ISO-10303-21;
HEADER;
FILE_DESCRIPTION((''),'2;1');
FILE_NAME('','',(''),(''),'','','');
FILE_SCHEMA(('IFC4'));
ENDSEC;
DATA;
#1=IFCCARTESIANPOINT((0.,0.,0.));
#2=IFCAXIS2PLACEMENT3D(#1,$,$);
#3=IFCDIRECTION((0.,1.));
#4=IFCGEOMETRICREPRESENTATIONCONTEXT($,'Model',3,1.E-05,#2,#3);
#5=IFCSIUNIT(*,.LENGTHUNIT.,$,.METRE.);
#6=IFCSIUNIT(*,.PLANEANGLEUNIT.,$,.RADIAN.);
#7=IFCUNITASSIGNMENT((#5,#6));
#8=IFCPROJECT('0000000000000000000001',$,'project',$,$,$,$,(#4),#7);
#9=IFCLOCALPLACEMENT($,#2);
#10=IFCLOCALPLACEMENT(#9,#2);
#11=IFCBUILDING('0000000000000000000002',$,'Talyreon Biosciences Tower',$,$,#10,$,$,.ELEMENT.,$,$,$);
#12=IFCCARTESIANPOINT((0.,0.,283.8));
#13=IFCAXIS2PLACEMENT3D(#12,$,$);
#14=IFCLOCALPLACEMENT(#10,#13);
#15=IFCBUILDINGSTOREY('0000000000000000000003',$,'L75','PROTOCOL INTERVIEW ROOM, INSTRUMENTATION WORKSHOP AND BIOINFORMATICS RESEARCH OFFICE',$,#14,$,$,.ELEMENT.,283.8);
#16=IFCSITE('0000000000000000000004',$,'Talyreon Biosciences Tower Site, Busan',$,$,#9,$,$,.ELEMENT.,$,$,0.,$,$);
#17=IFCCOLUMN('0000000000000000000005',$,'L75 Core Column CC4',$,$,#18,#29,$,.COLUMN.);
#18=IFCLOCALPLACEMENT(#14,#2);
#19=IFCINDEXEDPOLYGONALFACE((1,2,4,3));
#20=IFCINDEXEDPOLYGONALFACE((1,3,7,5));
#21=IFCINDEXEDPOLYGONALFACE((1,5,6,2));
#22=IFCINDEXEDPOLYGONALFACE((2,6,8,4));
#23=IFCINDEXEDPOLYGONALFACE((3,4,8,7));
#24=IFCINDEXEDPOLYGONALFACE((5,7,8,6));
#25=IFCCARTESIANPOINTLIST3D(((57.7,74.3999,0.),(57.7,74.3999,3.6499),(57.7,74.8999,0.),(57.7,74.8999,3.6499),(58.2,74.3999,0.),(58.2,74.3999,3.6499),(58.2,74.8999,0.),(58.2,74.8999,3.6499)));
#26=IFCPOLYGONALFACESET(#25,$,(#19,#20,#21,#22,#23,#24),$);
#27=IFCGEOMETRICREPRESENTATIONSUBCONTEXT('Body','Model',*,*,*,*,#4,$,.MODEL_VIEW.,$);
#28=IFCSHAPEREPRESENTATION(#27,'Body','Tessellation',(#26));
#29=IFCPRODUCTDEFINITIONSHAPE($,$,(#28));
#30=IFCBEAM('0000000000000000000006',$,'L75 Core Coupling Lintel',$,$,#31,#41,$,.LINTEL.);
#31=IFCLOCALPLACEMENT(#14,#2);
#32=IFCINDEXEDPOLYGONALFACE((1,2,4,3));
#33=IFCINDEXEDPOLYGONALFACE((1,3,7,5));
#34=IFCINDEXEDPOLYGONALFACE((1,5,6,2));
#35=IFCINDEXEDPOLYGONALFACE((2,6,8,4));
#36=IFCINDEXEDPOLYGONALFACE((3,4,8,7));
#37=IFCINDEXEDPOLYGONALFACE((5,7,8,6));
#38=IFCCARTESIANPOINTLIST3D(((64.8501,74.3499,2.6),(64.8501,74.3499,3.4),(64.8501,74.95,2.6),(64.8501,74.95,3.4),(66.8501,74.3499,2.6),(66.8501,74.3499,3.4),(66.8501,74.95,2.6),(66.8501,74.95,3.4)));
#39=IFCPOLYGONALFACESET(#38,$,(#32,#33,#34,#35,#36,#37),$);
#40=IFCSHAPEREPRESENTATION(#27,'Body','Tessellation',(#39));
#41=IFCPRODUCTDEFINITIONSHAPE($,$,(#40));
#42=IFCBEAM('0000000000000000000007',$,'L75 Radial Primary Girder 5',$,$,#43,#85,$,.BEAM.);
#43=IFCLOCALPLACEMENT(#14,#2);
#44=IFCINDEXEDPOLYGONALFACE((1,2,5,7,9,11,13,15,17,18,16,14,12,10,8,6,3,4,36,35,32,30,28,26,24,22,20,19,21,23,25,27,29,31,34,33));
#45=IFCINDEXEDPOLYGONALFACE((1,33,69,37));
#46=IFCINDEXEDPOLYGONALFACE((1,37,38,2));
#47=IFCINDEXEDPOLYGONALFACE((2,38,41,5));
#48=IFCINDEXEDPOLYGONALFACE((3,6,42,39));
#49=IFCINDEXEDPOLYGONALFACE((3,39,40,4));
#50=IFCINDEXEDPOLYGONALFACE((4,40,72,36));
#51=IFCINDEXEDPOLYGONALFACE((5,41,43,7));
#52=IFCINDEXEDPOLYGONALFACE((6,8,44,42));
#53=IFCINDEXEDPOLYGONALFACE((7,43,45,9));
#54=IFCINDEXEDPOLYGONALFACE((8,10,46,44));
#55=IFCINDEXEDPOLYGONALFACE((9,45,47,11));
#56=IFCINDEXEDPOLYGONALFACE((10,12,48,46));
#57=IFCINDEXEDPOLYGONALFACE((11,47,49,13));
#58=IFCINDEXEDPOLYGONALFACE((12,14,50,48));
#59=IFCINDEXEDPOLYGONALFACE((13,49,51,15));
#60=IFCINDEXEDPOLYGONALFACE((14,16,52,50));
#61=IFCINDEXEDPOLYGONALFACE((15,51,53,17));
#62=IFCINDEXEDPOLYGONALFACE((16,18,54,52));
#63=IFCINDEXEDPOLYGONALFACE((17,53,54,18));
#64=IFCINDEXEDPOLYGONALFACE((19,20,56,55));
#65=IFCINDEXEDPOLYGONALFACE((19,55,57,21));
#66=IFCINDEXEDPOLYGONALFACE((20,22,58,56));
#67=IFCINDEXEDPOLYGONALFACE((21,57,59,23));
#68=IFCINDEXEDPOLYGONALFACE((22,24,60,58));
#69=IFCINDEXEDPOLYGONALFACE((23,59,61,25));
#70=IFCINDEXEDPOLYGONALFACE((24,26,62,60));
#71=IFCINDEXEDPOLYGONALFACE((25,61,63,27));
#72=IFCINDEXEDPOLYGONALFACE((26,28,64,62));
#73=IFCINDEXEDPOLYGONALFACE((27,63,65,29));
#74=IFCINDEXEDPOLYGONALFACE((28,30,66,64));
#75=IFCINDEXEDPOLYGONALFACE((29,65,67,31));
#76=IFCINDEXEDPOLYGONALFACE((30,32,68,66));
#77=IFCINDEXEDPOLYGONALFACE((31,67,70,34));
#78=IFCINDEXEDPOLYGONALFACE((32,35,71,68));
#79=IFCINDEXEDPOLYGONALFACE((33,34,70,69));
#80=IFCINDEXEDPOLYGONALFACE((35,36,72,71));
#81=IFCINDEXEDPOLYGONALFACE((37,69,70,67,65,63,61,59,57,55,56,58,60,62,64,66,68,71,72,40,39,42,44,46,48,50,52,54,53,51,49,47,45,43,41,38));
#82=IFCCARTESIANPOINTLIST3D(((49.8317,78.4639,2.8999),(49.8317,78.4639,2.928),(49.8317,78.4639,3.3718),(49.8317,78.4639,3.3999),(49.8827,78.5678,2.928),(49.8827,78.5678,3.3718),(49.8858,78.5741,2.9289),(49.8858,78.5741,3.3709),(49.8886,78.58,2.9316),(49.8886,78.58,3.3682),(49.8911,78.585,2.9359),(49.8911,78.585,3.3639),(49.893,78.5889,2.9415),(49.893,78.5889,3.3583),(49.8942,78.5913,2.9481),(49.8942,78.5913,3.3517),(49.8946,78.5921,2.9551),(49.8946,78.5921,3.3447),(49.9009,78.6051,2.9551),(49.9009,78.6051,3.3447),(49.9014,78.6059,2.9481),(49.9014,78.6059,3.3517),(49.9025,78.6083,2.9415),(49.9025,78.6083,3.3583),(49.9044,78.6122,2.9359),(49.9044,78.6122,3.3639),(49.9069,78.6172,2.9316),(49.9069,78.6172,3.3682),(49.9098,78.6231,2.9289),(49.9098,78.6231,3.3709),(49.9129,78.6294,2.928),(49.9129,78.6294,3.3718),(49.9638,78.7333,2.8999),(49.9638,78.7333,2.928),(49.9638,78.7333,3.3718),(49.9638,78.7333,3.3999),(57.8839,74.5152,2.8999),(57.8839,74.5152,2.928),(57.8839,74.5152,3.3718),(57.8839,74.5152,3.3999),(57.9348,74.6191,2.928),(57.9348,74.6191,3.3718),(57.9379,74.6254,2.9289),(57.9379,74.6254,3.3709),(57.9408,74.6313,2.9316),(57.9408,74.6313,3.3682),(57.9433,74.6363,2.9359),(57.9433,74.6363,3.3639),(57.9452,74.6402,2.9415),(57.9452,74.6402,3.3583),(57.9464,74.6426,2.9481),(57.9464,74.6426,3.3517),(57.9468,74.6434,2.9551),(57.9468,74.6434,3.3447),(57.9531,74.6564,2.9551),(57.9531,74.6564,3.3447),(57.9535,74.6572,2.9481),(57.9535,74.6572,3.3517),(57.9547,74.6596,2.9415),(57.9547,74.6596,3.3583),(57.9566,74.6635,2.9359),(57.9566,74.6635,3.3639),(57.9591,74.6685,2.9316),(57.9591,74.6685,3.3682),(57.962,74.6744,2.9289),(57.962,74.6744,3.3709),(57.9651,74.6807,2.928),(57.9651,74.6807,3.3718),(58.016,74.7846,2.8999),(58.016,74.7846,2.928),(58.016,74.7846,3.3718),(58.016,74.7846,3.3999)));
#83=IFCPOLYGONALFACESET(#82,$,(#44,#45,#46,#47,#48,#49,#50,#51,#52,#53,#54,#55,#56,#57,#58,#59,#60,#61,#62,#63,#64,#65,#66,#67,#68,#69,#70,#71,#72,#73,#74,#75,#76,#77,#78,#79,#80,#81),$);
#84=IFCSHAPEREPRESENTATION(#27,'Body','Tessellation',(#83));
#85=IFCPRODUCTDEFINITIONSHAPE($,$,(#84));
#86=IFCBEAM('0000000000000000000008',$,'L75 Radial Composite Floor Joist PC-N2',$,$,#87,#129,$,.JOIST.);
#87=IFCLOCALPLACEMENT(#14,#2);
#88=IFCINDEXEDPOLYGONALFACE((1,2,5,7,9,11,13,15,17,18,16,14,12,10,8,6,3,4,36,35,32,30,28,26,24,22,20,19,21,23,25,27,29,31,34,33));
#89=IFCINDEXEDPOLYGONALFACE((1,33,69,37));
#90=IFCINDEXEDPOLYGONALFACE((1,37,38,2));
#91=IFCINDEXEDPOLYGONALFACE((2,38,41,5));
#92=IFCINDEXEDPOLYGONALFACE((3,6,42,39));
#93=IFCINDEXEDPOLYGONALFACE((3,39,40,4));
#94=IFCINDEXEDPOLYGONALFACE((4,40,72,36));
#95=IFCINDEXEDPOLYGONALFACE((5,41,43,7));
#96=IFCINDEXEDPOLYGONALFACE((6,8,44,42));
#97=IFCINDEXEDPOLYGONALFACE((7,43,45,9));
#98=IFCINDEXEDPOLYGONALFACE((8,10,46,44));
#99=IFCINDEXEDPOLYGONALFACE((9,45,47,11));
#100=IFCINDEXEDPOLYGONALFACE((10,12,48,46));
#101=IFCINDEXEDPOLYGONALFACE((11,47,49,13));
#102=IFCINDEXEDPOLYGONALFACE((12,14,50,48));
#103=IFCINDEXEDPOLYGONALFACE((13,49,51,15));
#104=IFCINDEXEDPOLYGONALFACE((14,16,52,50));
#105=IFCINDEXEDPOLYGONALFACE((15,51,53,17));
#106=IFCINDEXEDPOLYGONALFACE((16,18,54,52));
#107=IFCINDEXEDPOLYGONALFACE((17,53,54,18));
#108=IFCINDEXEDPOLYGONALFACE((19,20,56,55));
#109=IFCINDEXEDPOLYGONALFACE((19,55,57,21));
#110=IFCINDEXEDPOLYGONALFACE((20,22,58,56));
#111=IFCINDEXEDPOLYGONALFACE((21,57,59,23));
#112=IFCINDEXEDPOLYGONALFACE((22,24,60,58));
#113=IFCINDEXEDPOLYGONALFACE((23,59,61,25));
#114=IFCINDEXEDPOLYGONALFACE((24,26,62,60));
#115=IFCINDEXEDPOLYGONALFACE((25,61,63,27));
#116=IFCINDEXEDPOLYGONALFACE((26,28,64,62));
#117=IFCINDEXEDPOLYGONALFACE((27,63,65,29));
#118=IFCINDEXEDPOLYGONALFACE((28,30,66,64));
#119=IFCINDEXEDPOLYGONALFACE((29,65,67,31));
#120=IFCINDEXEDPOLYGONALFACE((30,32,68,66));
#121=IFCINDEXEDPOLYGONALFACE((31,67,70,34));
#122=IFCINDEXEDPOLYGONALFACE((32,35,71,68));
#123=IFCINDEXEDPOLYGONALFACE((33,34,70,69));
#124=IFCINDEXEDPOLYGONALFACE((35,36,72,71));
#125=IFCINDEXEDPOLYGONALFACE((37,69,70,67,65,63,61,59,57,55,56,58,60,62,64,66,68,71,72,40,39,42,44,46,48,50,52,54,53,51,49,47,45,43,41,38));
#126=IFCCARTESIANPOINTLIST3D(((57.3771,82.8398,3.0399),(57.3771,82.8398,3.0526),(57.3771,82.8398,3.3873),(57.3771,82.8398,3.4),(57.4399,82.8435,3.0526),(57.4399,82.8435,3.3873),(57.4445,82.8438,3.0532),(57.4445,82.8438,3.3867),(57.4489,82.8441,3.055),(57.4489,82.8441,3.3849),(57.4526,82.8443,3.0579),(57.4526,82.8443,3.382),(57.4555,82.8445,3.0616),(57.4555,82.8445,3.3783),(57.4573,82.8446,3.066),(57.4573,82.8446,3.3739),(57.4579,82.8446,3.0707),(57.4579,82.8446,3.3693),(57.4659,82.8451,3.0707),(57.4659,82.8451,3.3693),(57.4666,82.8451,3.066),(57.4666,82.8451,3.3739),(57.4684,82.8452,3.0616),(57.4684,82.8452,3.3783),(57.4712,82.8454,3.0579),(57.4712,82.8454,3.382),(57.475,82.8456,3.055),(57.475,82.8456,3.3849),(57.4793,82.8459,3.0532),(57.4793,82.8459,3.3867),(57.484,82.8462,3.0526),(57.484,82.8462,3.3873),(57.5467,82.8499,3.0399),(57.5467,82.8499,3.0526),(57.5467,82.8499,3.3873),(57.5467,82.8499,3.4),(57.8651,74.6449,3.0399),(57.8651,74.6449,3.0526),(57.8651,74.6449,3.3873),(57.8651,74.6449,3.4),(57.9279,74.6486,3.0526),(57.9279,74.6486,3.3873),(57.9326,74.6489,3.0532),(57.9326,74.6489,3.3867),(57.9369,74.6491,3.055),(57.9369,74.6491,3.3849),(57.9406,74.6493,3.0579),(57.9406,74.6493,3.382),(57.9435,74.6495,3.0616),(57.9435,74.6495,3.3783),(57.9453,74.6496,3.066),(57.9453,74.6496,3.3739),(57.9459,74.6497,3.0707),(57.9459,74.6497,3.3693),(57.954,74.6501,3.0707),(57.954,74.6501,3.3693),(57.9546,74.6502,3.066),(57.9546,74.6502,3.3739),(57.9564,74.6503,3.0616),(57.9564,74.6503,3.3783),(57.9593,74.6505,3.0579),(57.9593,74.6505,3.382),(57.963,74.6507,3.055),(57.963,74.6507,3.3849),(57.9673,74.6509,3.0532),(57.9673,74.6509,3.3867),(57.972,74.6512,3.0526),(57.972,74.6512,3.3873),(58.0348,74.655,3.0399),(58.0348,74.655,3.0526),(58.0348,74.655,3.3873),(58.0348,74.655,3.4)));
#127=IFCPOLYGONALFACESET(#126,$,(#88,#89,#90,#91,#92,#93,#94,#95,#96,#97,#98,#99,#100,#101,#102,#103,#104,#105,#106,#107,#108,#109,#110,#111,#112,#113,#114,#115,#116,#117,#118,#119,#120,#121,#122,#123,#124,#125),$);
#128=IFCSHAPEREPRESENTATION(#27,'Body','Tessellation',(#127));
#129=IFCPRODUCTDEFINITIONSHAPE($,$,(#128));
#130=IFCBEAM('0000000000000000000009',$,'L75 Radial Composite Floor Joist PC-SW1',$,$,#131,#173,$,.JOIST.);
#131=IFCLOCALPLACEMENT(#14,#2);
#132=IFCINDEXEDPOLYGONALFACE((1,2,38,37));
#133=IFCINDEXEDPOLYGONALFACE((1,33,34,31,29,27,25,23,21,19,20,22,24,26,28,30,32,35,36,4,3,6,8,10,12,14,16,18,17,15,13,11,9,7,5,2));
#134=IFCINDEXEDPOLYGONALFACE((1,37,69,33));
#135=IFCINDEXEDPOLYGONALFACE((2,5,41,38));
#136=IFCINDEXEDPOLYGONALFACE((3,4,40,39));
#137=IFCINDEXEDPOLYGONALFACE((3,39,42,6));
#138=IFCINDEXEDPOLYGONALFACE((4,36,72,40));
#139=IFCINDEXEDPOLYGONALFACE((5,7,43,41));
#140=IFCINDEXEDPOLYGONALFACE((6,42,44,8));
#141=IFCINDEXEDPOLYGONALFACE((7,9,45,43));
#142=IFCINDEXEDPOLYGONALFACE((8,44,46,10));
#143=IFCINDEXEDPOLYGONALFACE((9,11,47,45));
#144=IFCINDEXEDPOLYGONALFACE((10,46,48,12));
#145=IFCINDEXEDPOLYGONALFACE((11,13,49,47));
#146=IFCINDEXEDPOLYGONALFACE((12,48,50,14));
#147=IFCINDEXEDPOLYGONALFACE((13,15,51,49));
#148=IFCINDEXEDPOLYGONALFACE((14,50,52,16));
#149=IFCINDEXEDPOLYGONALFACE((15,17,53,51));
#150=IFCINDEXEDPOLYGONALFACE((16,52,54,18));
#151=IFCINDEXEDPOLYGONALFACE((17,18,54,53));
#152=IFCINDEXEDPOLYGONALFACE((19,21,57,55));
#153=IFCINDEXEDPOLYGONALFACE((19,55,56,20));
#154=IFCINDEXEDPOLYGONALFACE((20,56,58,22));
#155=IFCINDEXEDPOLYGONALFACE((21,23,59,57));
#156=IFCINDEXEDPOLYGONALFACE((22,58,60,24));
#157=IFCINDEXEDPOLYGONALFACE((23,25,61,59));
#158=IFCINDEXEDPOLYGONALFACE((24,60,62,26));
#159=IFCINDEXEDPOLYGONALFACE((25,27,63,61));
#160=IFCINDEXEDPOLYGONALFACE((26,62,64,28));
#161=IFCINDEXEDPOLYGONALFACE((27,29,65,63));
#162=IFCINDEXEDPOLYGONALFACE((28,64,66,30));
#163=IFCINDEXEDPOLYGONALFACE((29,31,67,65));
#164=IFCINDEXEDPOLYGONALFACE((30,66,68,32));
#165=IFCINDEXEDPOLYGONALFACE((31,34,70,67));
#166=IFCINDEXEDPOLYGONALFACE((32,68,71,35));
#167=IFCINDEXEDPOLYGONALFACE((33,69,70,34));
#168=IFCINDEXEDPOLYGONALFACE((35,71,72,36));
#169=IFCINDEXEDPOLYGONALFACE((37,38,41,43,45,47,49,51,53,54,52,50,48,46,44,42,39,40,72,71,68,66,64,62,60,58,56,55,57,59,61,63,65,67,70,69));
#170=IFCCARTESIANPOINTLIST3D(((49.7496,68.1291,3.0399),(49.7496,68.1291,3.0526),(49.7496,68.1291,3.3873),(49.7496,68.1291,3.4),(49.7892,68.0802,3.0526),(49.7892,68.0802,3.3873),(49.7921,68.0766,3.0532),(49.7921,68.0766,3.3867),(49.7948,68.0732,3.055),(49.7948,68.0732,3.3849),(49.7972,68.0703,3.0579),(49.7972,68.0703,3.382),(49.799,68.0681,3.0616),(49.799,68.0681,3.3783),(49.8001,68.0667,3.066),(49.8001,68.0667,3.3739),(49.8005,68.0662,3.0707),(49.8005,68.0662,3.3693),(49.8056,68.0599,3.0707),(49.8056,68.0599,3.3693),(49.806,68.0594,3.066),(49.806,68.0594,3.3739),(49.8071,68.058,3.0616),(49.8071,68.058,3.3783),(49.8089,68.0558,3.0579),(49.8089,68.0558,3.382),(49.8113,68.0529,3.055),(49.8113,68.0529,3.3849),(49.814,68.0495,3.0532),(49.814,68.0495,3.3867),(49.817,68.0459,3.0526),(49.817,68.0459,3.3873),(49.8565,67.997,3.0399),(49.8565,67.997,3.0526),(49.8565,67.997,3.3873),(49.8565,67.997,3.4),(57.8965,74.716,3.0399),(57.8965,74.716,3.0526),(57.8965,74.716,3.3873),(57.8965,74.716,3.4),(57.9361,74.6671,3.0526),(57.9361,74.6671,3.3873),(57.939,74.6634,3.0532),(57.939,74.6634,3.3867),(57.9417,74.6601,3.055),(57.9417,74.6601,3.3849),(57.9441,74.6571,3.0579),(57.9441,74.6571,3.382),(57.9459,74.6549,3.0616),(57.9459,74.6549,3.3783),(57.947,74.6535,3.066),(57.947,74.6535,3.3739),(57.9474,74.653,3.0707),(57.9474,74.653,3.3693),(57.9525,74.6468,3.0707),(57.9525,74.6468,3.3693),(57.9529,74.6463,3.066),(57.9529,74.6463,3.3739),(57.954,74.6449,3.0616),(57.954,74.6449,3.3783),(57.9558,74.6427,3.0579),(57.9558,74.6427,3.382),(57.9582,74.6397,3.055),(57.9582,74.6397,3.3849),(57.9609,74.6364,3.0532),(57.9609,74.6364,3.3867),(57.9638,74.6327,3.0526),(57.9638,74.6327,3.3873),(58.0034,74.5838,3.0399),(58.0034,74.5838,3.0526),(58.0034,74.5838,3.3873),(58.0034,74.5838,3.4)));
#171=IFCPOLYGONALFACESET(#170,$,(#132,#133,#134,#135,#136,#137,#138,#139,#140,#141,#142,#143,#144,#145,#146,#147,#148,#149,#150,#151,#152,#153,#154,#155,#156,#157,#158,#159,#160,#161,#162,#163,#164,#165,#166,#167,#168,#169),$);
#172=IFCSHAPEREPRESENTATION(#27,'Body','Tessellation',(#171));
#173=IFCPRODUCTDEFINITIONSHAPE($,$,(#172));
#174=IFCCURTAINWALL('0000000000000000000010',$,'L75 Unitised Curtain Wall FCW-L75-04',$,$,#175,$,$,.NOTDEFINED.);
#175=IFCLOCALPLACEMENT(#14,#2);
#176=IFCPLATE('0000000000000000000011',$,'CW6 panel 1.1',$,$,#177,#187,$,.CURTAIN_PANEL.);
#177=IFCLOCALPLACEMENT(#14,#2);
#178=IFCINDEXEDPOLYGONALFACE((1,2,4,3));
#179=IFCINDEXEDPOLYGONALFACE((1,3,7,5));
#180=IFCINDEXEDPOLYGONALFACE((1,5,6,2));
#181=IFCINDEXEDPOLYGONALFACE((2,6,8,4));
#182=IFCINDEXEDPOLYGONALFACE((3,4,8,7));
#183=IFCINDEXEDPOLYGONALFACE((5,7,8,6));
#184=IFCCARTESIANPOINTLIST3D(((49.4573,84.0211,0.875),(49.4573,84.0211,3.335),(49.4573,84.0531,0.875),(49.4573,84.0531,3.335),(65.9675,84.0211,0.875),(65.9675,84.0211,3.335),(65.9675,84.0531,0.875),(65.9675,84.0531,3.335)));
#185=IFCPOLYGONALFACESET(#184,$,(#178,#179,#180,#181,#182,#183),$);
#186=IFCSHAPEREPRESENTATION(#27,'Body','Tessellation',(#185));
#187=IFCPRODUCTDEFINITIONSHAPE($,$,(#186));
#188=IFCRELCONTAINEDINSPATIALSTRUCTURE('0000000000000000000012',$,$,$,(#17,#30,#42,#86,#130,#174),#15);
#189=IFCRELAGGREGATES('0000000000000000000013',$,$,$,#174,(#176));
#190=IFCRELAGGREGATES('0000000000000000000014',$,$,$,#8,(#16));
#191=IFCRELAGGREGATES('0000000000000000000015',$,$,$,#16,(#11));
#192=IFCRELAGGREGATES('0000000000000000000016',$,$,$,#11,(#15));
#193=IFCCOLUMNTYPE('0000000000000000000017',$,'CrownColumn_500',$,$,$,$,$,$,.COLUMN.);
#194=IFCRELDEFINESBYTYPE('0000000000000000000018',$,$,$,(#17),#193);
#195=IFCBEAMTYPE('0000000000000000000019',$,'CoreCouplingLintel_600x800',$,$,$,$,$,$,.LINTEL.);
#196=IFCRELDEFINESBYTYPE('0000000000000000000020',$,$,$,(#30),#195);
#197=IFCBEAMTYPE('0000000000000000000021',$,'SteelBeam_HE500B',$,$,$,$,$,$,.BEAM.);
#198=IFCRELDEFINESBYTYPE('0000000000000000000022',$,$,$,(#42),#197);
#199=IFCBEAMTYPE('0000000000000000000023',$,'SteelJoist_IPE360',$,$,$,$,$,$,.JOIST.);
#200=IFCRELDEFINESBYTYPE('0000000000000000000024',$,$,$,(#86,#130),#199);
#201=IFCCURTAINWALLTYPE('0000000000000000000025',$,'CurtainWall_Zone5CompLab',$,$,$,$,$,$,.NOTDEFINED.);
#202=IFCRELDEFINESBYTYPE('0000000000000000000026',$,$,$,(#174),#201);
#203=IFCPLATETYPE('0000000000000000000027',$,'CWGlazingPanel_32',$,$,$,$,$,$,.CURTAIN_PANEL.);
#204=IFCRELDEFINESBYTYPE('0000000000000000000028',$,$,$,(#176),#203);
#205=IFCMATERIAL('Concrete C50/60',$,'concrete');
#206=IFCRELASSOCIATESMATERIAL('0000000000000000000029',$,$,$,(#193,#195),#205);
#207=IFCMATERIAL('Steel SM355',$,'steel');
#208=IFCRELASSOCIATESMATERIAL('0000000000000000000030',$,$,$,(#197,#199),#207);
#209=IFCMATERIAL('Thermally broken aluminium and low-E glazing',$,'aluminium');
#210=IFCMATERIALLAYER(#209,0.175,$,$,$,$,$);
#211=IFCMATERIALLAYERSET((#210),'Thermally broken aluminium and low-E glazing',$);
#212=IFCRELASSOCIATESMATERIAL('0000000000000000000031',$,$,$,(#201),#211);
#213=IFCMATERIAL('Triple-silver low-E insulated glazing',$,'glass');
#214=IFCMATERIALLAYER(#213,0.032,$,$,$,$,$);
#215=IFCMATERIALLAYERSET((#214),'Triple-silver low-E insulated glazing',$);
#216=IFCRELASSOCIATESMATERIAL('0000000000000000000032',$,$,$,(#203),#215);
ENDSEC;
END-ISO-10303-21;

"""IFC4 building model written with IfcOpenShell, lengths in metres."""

from ifc_helpers import new_model, si_unit, direction, frame, origin, origin_2d, place, context, subcontext, project, spatial, rectangle, i_section, extrude, material, layer, layer_set, material_profile, profile_set, type_object, element, aggregate, save


model = new_model("IFC4")

# Units and contexts
model_context = context("Model", 3, precision=1e-05, world=origin(), true_north=direction((0.0, 1.0)))
body_context = subcontext(model_context, "Body", "Model", "MODEL_VIEW")
ifc_project = project(units=[si_unit("LENGTHUNIT", "METRE"), si_unit("PLANEANGLEUNIT", "RADIAN")], contexts=[model_context])

# Site, building, storey
site_placement = place(None, origin())
site = spatial("IfcSite", under=ifc_project, at=site_placement, Name="Talyreon Biosciences Tower Site, Busan", CompositionType="ELEMENT", RefElevation=0.0)
building_placement = place(site_placement, origin())
building = spatial("IfcBuilding", under=site, at=building_placement, Name="Talyreon Biosciences Tower", CompositionType="ELEMENT")
storey_placement = place(building_placement, frame((0.0, 0.0, 283.8)))
storey = spatial("IfcBuildingStorey", under=building, at=storey_placement, Name="L75", Description="PROTOCOL INTERVIEW ROOM, INSTRUMENTATION WORKSHOP AND BIOINFORMATICS RESEARCH OFFICE", CompositionType="ELEMENT", Elevation=283.8)

# Column
ifc_material_1 = material(Name="Concrete C50/60", Category="concrete")
ifc_material_profile_1 = material_profile(ifc_material_1, rectangle(XDim=0.5, YDim=0.5, at=origin_2d()), Name="RC 500x500")
ifc_profile_set_1 = profile_set([ifc_material_profile_1], Name="Concrete C50/60")
column_type = type_object("IfcColumnType", Name="CrownColumn_500", PredefinedType="COLUMN", material=ifc_profile_set_1)
column_placement = place(storey_placement, frame((57.95, 74.6499, 0.0), z_axis=(0.0, 0.0, 1.0), x_axis=(1.0, 0.0, 0.0)))
element("IfcColumn", 1, at=column_placement, inside=storey, type_object=column_type, Name="L75 Core Column CC4", PredefinedType="COLUMN", context=body_context, shape_type="SweptSolid", body=[
    extrude(rectangle(XDim=0.5, YDim=0.5, at=origin_2d()), origin(), (0.0, 0.0, 1.0), 3.6499),
])

# Beams
ifc_material_profile_2 = material_profile(ifc_material_1, rectangle(XDim=0.6001, YDim=0.8, at=origin_2d()), Name="RCB 600x800")
ifc_profile_set_2 = profile_set([ifc_material_profile_2], Name="Concrete C50/60")
beam_type_1 = type_object("IfcBeamType", Name="CoreCouplingLintel_600x800", PredefinedType="LINTEL", material=ifc_profile_set_2)
beam_1_placement = place(storey_placement, frame((64.8501, 74.6499, 3.0), z_axis=(1.0, 0.0, 0.0), x_axis=(0.0, 1.0, 0.0)))
element("IfcBeam", 2, at=beam_1_placement, inside=storey, type_object=beam_type_1, Name="L75 Core Coupling Lintel", PredefinedType="LINTEL", context=body_context, shape_type="SweptSolid", body=[
    extrude(rectangle(XDim=0.6001, YDim=0.8, at=origin_2d()), origin(), (0.0, 0.0, 1.0), 2.0),
])
ifc_material_2 = material(Name="Steel SM355", Category="steel")
ifc_material_profile_3 = material_profile(ifc_material_2, i_section(OverallWidth=0.3, OverallDepth=0.5, WebThickness=0.0144, FlangeThickness=0.0281, FilletRadius=0.0271, at=origin_2d()), Name="HE500B")
ifc_profile_set_3 = profile_set([ifc_material_profile_3], Name="Steel SM355")
beam_type_2 = type_object("IfcBeamType", Name="SteelBeam_HE500B", PredefinedType="BEAM", material=ifc_profile_set_3)
beam_2_placement = place(storey_placement, frame((57.95, 74.6499, 3.1499), z_axis=(-0.897852, 0.440297, 0.0), x_axis=(-0.440297, -0.897852, 0.0)))
element("IfcBeam", 3, at=beam_2_placement, inside=storey, type_object=beam_type_2, Name="L75 Radial Primary Girder 5", PredefinedType="BEAM", context=body_context, shape_type="SweptSolid", body=[
    extrude(i_section(OverallWidth=0.3, OverallDepth=0.5, WebThickness=0.0144, FlangeThickness=0.0281, FilletRadius=0.0271, at=origin_2d()), origin(), (0.0, 0.0, 1.0), 8.9683),
])
ifc_material_profile_4 = material_profile(ifc_material_2, i_section(OverallWidth=0.1699, OverallDepth=0.3601, WebThickness=0.0081, FlangeThickness=0.0127, FilletRadius=0.0181, at=origin_2d()), Name="IPE360")
ifc_profile_set_4 = profile_set([ifc_material_profile_4], Name="Steel SM355")
beam_type_3 = type_object("IfcBeamType", Name="SteelJoist_IPE360", PredefinedType="JOIST", material=ifc_profile_set_4)
beam_3_placement = place(storey_placement, frame((57.95, 74.6499, 3.22), z_axis=(-0.059447, 0.998231, 0.0), x_axis=(-0.998231, -0.059447, 0.0)))
element("IfcBeam", 4, at=beam_3_placement, inside=storey, type_object=beam_type_3, Name="L75 Radial Composite Floor Joist PC-N2", PredefinedType="JOIST", context=body_context, shape_type="SweptSolid", body=[
    extrude(i_section(OverallWidth=0.1699, OverallDepth=0.3601, WebThickness=0.0081, FlangeThickness=0.0127, FilletRadius=0.0181, at=origin_2d()), origin(), (0.0, 0.0, 1.0), 8.2095),
])
beam_4_placement = place(storey_placement, frame((57.95, 74.6499, 3.22), z_axis=(-0.77763, -0.628722, 0.0), x_axis=(0.628722, -0.77763, 0.0)))
element("IfcBeam", 5, at=beam_4_placement, inside=storey, type_object=beam_type_3, Name="L75 Radial Composite Floor Joist PC-SW1", PredefinedType="JOIST", context=body_context, shape_type="SweptSolid", body=[
    extrude(i_section(OverallWidth=0.1699, OverallDepth=0.3601, WebThickness=0.0081, FlangeThickness=0.0127, FilletRadius=0.0181, at=origin_2d()), origin(), (0.0, 0.0, 1.0), 10.4766),
])

# Curtain wall, plate
ifc_material_3 = material(Name="Thermally broken aluminium and low-E glazing", Category="aluminium")
ifc_layer_1 = layer(ifc_material_3, 0.175)
ifc_layer_set_1 = layer_set([ifc_layer_1], Name="Thermally broken aluminium and low-E glazing")
curtain_wall_type = type_object("IfcCurtainWallType", Name="CurtainWall_Zone5CompLab", PredefinedType="NOTDEFINED", material=ifc_layer_set_1)
curtain_wall_placement = place(storey_placement, origin())
curtain_wall = element("IfcCurtainWall", 6, at=curtain_wall_placement, inside=storey, type_object=curtain_wall_type, Name="L75 Unitised Curtain Wall FCW-L75-04", PredefinedType="NOTDEFINED")
ifc_material_4 = material(Name="Triple-silver low-E insulated glazing", Category="glass")
ifc_layer_2 = layer(ifc_material_4, 0.032)
ifc_layer_set_2 = layer_set([ifc_layer_2], Name="Triple-silver low-E insulated glazing")
plate_type = type_object("IfcPlateType", Name="CWGlazingPanel_32", PredefinedType="CURTAIN_PANEL", material=ifc_layer_set_2)
plate_placement = place(storey_placement, frame((57.7124, 84.0371, 0.875), z_axis=(0.0, 0.0, 1.0), x_axis=(1.0, 0.0, 0.0)))
plate = element("IfcPlate", 7, at=plate_placement, type_object=plate_type, Name="CW6 panel 1.1", PredefinedType="CURTAIN_PANEL", context=body_context, shape_type="SweptSolid", body=[
    extrude(rectangle(XDim=16.5103, YDim=0.032, at=origin_2d()), origin(), (0.0, 0.0, 1.0), 2.46),
])
aggregate(curtain_wall, [plate])

save(model, "model.ifc")
